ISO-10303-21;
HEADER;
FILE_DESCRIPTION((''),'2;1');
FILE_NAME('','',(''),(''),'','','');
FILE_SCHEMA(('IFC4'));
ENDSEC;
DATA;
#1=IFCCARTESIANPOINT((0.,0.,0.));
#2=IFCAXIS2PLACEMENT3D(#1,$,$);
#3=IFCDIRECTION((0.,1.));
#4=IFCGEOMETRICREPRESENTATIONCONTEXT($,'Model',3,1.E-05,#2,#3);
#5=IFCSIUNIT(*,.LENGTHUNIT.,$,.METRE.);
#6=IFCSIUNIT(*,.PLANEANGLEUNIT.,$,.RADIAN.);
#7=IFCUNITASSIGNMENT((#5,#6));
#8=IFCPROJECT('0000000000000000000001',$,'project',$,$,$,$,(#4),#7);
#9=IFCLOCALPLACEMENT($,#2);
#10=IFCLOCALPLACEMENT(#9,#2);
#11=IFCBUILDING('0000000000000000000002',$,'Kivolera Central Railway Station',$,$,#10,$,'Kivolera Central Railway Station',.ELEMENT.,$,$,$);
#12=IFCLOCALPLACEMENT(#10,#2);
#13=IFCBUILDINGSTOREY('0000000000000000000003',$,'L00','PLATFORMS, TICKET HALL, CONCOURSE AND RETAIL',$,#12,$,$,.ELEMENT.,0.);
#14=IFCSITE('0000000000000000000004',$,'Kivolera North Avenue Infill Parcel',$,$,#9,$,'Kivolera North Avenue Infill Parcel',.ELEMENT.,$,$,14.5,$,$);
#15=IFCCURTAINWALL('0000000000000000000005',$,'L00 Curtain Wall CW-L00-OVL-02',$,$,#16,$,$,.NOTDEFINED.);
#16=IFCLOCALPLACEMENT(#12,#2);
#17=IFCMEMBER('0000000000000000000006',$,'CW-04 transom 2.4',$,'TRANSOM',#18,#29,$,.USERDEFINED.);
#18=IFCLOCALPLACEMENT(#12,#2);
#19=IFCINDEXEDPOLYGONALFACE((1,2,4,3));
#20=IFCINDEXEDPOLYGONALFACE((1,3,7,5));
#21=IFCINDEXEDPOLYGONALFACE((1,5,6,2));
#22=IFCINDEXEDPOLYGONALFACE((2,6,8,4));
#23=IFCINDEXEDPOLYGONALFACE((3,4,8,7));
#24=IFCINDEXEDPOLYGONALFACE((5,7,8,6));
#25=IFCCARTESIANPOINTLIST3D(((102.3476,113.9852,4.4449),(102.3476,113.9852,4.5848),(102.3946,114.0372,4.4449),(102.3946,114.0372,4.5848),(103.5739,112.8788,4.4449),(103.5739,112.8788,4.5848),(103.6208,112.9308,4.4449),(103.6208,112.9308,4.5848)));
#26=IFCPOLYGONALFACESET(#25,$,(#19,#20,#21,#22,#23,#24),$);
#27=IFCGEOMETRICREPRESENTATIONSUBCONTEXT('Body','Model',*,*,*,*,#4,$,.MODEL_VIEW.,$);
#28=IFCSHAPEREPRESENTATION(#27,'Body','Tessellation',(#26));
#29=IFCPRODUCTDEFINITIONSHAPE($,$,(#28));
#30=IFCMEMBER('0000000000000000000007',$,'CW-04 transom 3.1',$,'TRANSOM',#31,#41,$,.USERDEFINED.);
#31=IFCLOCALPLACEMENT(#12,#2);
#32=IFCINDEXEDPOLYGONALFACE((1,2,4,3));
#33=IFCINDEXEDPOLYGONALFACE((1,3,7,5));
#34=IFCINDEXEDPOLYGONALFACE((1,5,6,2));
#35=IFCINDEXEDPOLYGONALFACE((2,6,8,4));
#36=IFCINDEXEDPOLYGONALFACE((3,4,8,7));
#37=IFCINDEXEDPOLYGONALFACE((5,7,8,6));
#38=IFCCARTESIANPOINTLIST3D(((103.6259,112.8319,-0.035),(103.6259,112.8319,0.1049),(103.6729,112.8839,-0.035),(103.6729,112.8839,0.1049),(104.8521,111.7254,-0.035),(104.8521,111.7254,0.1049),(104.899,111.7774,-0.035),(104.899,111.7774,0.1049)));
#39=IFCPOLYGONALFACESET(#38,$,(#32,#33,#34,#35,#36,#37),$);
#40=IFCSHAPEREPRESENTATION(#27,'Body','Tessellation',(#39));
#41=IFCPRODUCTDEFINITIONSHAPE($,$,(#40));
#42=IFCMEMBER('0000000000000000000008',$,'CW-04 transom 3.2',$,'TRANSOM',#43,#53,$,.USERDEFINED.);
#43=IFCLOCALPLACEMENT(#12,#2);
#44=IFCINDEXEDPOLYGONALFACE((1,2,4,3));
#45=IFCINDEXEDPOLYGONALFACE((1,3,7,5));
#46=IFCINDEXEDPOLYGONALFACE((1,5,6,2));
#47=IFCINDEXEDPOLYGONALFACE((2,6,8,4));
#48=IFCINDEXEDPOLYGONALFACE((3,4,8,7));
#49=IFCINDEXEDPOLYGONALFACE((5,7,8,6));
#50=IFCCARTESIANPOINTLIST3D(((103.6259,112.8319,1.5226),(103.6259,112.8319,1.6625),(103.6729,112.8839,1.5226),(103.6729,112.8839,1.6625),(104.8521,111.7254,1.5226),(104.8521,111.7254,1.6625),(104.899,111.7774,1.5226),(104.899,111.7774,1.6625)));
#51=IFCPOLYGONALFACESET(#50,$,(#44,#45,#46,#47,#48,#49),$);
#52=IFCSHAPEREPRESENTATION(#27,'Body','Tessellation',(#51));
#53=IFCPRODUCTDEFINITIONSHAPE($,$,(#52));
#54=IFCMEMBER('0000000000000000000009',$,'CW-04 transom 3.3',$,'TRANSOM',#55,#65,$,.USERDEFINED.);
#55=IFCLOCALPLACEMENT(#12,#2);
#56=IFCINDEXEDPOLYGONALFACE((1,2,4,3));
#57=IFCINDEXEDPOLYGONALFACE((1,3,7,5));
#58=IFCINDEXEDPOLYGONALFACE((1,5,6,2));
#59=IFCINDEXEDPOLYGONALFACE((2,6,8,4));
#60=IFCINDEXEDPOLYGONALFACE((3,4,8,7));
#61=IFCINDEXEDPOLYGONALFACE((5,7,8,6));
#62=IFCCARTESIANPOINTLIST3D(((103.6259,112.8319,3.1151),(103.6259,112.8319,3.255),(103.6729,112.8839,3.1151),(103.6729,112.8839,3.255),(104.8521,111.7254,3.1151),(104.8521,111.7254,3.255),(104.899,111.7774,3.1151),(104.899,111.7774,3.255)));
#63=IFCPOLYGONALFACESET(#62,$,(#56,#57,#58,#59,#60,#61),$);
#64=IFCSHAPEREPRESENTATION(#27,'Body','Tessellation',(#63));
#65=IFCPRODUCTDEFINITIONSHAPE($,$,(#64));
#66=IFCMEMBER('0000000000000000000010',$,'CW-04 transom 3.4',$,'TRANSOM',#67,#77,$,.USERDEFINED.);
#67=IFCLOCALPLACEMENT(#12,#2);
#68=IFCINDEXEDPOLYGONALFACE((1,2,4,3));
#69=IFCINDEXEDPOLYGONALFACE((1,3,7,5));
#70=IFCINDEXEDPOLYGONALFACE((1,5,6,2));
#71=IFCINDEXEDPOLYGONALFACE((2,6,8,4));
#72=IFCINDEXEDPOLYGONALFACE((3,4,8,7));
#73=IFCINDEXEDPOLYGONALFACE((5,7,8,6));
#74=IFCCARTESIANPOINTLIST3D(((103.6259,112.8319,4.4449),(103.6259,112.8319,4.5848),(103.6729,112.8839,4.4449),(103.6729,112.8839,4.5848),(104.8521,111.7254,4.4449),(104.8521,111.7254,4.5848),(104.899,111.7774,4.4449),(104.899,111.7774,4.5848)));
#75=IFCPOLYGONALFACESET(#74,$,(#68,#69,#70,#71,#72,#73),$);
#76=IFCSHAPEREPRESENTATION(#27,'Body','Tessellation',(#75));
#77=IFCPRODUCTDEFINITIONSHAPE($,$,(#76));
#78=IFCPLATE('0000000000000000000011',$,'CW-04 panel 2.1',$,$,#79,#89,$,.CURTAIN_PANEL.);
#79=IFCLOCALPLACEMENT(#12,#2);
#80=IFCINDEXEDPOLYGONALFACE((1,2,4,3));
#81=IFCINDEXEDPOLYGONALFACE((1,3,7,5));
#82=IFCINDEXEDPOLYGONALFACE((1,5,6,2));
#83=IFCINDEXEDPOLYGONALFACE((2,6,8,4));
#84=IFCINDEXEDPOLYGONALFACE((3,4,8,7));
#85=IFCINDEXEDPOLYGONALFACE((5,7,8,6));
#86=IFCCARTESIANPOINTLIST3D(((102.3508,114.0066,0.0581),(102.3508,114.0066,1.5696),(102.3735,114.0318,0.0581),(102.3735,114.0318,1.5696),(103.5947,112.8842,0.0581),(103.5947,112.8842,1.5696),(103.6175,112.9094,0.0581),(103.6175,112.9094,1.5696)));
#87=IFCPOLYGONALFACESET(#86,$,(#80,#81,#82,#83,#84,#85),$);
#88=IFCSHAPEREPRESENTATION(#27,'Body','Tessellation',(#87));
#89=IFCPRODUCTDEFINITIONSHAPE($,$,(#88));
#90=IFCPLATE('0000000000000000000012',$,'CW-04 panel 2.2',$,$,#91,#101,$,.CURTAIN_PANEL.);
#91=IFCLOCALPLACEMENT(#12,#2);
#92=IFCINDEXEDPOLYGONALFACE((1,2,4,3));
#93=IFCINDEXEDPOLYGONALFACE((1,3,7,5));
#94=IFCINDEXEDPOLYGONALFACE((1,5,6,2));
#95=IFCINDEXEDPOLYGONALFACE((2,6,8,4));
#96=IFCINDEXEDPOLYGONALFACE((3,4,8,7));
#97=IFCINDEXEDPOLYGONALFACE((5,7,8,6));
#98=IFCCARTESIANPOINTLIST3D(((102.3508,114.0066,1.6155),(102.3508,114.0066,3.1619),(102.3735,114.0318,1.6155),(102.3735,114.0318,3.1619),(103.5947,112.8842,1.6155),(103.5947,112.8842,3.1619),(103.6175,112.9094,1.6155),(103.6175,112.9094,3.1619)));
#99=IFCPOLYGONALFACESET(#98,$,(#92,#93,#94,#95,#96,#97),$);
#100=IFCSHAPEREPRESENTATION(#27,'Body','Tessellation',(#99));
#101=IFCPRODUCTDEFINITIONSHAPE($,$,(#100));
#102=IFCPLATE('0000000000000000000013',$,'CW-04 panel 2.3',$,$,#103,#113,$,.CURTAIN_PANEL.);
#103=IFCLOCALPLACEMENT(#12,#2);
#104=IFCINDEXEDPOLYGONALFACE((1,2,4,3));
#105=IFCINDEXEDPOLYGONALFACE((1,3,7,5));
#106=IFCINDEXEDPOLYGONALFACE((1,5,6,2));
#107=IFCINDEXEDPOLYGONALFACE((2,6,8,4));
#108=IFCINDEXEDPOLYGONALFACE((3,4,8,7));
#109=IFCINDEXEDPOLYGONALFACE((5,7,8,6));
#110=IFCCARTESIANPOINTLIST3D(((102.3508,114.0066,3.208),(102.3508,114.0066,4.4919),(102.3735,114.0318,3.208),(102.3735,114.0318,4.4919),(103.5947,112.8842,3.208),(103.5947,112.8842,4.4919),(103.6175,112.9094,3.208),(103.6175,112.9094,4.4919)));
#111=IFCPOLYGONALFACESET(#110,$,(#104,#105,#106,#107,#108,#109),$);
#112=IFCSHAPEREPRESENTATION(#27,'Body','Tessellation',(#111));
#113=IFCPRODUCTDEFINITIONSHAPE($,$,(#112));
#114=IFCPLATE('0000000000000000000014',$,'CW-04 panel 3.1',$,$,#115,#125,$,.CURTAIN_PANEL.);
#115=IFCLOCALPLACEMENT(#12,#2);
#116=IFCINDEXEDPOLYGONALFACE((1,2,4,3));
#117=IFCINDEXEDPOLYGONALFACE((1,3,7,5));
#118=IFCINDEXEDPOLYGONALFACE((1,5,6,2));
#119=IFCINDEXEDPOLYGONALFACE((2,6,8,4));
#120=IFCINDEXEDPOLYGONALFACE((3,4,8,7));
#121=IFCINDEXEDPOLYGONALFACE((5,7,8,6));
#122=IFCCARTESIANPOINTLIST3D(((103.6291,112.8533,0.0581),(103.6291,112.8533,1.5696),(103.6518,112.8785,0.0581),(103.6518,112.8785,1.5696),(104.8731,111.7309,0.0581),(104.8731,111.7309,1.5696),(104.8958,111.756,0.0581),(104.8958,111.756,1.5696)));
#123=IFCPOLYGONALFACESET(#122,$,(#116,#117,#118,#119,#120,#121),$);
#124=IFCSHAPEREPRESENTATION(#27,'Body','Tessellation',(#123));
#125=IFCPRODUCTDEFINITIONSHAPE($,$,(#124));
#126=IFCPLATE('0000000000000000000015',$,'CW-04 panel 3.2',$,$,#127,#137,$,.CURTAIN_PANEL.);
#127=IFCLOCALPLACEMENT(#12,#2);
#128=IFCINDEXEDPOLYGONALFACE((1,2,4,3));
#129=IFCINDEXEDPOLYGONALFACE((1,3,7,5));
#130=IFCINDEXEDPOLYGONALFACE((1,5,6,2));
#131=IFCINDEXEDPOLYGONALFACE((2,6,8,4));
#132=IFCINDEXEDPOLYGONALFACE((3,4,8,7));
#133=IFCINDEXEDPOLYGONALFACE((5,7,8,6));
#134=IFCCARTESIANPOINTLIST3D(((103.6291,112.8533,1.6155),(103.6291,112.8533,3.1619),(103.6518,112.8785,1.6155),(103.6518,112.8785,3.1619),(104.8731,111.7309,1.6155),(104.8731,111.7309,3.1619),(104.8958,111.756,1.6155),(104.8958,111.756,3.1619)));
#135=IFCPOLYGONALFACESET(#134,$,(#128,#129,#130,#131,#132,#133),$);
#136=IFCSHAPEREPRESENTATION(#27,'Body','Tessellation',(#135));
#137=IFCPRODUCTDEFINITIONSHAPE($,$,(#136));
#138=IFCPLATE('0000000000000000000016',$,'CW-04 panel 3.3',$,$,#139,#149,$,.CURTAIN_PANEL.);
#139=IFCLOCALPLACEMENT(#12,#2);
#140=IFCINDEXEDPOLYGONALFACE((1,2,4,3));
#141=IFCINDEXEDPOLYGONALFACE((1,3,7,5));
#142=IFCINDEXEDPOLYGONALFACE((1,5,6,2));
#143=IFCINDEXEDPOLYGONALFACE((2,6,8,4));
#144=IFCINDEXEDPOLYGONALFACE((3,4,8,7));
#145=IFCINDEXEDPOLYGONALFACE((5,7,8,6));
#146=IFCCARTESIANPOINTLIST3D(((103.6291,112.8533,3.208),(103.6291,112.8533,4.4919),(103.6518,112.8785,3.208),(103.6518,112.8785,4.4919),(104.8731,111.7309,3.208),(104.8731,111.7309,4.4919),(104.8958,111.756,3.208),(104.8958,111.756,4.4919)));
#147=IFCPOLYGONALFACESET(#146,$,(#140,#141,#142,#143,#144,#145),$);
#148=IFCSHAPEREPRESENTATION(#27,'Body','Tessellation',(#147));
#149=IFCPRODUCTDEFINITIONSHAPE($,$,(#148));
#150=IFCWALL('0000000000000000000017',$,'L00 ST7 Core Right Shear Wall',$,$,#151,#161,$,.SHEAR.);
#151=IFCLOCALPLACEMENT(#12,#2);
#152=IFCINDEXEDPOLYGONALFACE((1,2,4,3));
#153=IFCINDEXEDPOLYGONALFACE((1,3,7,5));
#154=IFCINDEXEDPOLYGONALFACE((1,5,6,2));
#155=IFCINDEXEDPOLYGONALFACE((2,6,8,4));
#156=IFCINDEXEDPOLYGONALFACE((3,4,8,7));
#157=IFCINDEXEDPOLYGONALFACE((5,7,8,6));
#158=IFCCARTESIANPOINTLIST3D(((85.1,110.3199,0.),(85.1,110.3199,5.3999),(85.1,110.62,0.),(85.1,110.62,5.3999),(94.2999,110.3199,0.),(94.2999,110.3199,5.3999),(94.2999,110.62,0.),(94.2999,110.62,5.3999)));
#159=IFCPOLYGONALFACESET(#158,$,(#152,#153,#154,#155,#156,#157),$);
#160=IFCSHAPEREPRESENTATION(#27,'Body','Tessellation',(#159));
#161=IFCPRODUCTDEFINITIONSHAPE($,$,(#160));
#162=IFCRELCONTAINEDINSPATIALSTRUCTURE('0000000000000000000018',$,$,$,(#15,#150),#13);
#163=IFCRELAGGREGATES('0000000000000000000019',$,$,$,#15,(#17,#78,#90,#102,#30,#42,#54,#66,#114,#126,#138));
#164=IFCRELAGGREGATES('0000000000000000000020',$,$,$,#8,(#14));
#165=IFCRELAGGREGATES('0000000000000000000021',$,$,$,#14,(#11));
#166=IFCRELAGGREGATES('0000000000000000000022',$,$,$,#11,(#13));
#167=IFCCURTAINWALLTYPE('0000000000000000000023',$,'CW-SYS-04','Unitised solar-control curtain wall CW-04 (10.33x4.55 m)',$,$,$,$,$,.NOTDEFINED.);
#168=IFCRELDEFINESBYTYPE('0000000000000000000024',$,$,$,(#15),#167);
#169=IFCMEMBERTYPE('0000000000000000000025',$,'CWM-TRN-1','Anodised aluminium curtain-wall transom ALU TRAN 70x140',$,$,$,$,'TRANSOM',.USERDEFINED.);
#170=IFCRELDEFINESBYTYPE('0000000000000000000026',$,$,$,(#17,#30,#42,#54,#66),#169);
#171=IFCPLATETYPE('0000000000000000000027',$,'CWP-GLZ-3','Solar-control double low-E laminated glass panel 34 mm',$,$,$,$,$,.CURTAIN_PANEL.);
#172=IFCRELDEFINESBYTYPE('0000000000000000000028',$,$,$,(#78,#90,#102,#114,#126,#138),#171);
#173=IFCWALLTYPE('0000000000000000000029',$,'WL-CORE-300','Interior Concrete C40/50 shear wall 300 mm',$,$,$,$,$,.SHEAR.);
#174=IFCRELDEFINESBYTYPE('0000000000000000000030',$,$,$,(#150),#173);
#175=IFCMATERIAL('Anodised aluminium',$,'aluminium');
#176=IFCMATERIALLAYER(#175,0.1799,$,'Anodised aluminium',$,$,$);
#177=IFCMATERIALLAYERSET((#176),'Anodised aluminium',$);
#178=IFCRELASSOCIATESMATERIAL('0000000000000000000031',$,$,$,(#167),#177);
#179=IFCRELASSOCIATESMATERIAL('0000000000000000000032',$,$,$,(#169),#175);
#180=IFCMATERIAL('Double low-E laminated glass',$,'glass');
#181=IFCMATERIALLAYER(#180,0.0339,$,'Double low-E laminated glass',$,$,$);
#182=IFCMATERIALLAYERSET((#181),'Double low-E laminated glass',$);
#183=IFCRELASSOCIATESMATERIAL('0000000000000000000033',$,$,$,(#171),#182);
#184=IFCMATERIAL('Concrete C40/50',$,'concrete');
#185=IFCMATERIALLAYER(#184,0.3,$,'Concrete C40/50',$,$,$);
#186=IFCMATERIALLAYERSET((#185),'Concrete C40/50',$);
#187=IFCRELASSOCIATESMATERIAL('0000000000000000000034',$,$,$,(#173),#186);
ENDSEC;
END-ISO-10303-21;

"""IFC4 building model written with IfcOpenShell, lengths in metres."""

from ifc_helpers import new_model, si_unit, direction, frame, frame_2d, origin, origin_2d, place, context, subcontext, project, spatial, rectangle, extrude, material, layer, layer_set, material_profile, profile_set, type_object, element, aggregate, save


model = new_model("IFC4")

# Units and contexts
model_context = context("Model", 3, precision=1e-05, world=origin(), true_north=direction((0.0, 1.0)))
body_context = subcontext(model_context, "Body", "Model", "MODEL_VIEW")
ifc_project = project(units=[si_unit("LENGTHUNIT", "METRE"), si_unit("PLANEANGLEUNIT", "RADIAN")], contexts=[model_context])

# Site, building, storey
site_placement = place(None, origin())
site = spatial("IfcSite", under=ifc_project, at=site_placement, Name="Kivolera North Avenue Infill Parcel", LongName="Kivolera North Avenue Infill Parcel", CompositionType="ELEMENT", RefElevation=14.5)
building_placement = place(site_placement, origin())
building = spatial("IfcBuilding", under=site, at=building_placement, Name="Kivolera Central Railway Station", LongName="Kivolera Central Railway Station", CompositionType="ELEMENT")
storey_placement = place(building_placement, origin())
storey = spatial("IfcBuildingStorey", under=building, at=storey_placement, Name="L00", Description="PLATFORMS, TICKET HALL, CONCOURSE AND RETAIL", CompositionType="ELEMENT", Elevation=0.0)

# Curtain wall, members, plates
ifc_material_1 = material(Name="Anodised aluminium", Category="aluminium")
ifc_layer_1 = layer(ifc_material_1, 0.1799, Name="Anodised aluminium")
ifc_layer_set_1 = layer_set([ifc_layer_1], Name="Anodised aluminium")
curtain_wall_type = type_object("IfcCurtainWallType", Name="CW-SYS-04", Description="Unitised solar-control curtain wall CW-04 (10.33x4.55 m)", PredefinedType="NOTDEFINED", material=ifc_layer_set_1)
curtain_wall_placement = place(storey_placement, origin())
curtain_wall = element("IfcCurtainWall", 1, at=curtain_wall_placement, inside=storey, type_object=curtain_wall_type, Name="L00 Curtain Wall CW-L00-OVL-02", PredefinedType="NOTDEFINED")
ifc_material_profile_1 = material_profile(ifc_material_1, rectangle(XDim=0.0701, YDim=0.1399, at=origin_2d()), Name="ALU TRAN 70x140")
ifc_profile_set_1 = profile_set([ifc_material_profile_1], Name="Anodised aluminium")
member_type_1 = type_object("IfcMemberType", Name="CWM-TRN-1", Description="Anodised aluminium curtain-wall transom ALU TRAN 70x140", ElementType="TRANSOM", PredefinedType="USERDEFINED", material=ifc_profile_set_1)
member_1_placement = place(storey_placement, frame((102.3711, 114.0112, 4.5149), z_axis=(0.742463, -0.669887, 0.0), x_axis=(0.669887, 0.742463, 0.0)))
member_1 = element("IfcMember", 2, at=member_1_placement, type_object=member_type_1, Name="CW-04 transom 2.4", ObjectType="TRANSOM", PredefinedType="USERDEFINED", context=body_context, shape_type="SweptSolid", body=[
    extrude(rectangle(XDim=0.0701, YDim=0.1399, at=origin_2d()), origin(), (0.0, 0.0, 1.0), 1.6516),
])
member_2_placement = place(storey_placement, frame((103.6494, 112.8579, 0.0349), z_axis=(0.742397, -0.669961, 0.0), x_axis=(0.669961, 0.742397, 0.0)))
member_2 = element("IfcMember", 3, at=member_2_placement, type_object=member_type_1, Name="CW-04 transom 3.1", ObjectType="TRANSOM", PredefinedType="USERDEFINED", context=body_context, shape_type="SweptSolid", body=[
    extrude(rectangle(XDim=0.0701, YDim=0.1399, at=origin_2d()), origin(), (0.0, 0.0, 1.0), 1.6516),
])
member_3_placement = place(storey_placement, frame((103.6494, 112.8579, 1.5925), z_axis=(0.742397, -0.669961, 0.0), x_axis=(0.669961, 0.742397, 0.0)))
member_3 = element("IfcMember", 4, at=member_3_placement, type_object=member_type_1, Name="CW-04 transom 3.2", ObjectType="TRANSOM", PredefinedType="USERDEFINED", context=body_context, shape_type="SweptSolid", body=[
    extrude(rectangle(XDim=0.0701, YDim=0.1399, at=origin_2d()), origin(), (0.0, 0.0, 1.0), 1.6516),
])
member_4_placement = place(storey_placement, frame((103.6494, 112.8579, 3.1851), z_axis=(0.742397, -0.669961, 0.0), x_axis=(0.669961, 0.742397, 0.0)))
member_4 = element("IfcMember", 5, at=member_4_placement, type_object=member_type_1, Name="CW-04 transom 3.3", ObjectType="TRANSOM", PredefinedType="USERDEFINED", context=body_context, shape_type="SweptSolid", body=[
    extrude(rectangle(XDim=0.0701, YDim=0.1399, at=origin_2d()), origin(), (0.0, 0.0, 1.0), 1.6516),
])
member_5_placement = place(storey_placement, frame((103.6494, 112.8579, 4.5149), z_axis=(0.742397, -0.669961, 0.0), x_axis=(0.669961, 0.742397, 0.0)))
member_5 = element("IfcMember", 6, at=member_5_placement, type_object=member_type_1, Name="CW-04 transom 3.4", ObjectType="TRANSOM", PredefinedType="USERDEFINED", context=body_context, shape_type="SweptSolid", body=[
    extrude(rectangle(XDim=0.0701, YDim=0.1399, at=origin_2d()), origin(), (0.0, 0.0, 1.0), 1.6516),
])
ifc_material_2 = material(Name="Double low-E laminated glass", Category="glass")
ifc_layer_2 = layer(ifc_material_2, 0.0339, Name="Double low-E laminated glass")
ifc_layer_set_2 = layer_set([ifc_layer_2], Name="Double low-E laminated glass")
plate_type = type_object("IfcPlateType", Name="CWP-GLZ-3", Description="Solar-control double low-E laminated glass panel 34 mm", PredefinedType="CURTAIN_PANEL", material=ifc_layer_set_2)
plate_1_placement = place(storey_placement, frame((102.9841, 113.458, 0.0581), z_axis=(0.0, 0.0, 1.0), x_axis=(0.742432, -0.669922, 0.0)))
plate_1 = element("IfcPlate", 7, at=plate_1_placement, type_object=plate_type, Name="CW-04 panel 2.1", PredefinedType="CURTAIN_PANEL", context=body_context, shape_type="SweptSolid", body=[
    extrude(rectangle(XDim=1.6755, YDim=0.0339, at=origin_2d()), origin(), (0.0, 0.0, 1.0), 1.5115),
])
plate_2_placement = place(storey_placement, frame((102.9841, 113.458, 1.6155), z_axis=(0.0, 0.0, 1.0), x_axis=(0.742432, -0.669922, 0.0)))
plate_2 = element("IfcPlate", 8, at=plate_2_placement, type_object=plate_type, Name="CW-04 panel 2.2", PredefinedType="CURTAIN_PANEL", context=body_context, shape_type="SweptSolid", body=[
    extrude(rectangle(XDim=1.6755, YDim=0.0339, at=origin_2d()), origin(), (0.0, 0.0, 1.0), 1.5464),
])
plate_3_placement = place(storey_placement, frame((102.9841, 113.458, 3.208), z_axis=(0.0, 0.0, 1.0), x_axis=(0.742432, -0.669922, 0.0)))
plate_3 = element("IfcPlate", 9, at=plate_3_placement, type_object=plate_type, Name="CW-04 panel 2.3", PredefinedType="CURTAIN_PANEL", context=body_context, shape_type="SweptSolid", body=[
    extrude(rectangle(XDim=1.6755, YDim=0.0339, at=origin_2d()), origin(), (0.0, 0.0, 1.0), 1.2839),
])
plate_4_placement = place(storey_placement, frame((104.2625, 112.3047, 0.0581), z_axis=(0.0, 0.0, 1.0), x_axis=(0.742432, -0.669922, 0.0)))
plate_4 = element("IfcPlate", 10, at=plate_4_placement, type_object=plate_type, Name="CW-04 panel 3.1", PredefinedType="CURTAIN_PANEL", context=body_context, shape_type="SweptSolid", body=[
    extrude(rectangle(XDim=1.6755, YDim=0.0339, at=origin_2d()), origin(), (0.0, 0.0, 1.0), 1.5115),
])
plate_5_placement = place(storey_placement, frame((104.2625, 112.3047, 1.6155), z_axis=(0.0, 0.0, 1.0), x_axis=(0.742432, -0.669922, 0.0)))
plate_5 = element("IfcPlate", 11, at=plate_5_placement, type_object=plate_type, Name="CW-04 panel 3.2", PredefinedType="CURTAIN_PANEL", context=body_context, shape_type="SweptSolid", body=[
    extrude(rectangle(XDim=1.6755, YDim=0.0339, at=origin_2d()), origin(), (0.0, 0.0, 1.0), 1.5464),
])
plate_6_placement = place(storey_placement, frame((104.2625, 112.3047, 3.208), z_axis=(0.0, 0.0, 1.0), x_axis=(0.742432, -0.669922, 0.0)))
plate_6 = element("IfcPlate", 12, at=plate_6_placement, type_object=plate_type, Name="CW-04 panel 3.3", PredefinedType="CURTAIN_PANEL", context=body_context, shape_type="SweptSolid", body=[
    extrude(rectangle(XDim=1.6755, YDim=0.0339, at=origin_2d()), origin(), (0.0, 0.0, 1.0), 1.2839),
])
aggregate(curtain_wall, [member_1, plate_1, plate_2, plate_3, member_2, member_3, member_4, member_5, plate_4, plate_5, plate_6])

# Wall
ifc_material_3 = material(Name="Concrete C40/50", Category="concrete")
ifc_layer_3 = layer(ifc_material_3, 0.3, Name="Concrete C40/50")
ifc_layer_set_3 = layer_set([ifc_layer_3], Name="Concrete C40/50")
wall_type = type_object("IfcWallType", Name="WL-CORE-300", Description="Interior Concrete C40/50 shear wall 300 mm", PredefinedType="SHEAR", material=ifc_layer_set_3)
wall_placement = place(storey_placement, frame((94.3, 110.47, 0.0), z_axis=(0.0, 0.0, 1.0), x_axis=(-1.0, 0.0, 0.0)))
element("IfcWall", 13, at=wall_placement, inside=storey, type_object=wall_type, Name="L00 ST7 Core Right Shear Wall", PredefinedType="SHEAR", context=body_context, shape_type="SweptSolid", body=[
    extrude(rectangle(XDim=9.2, YDim=0.3, at=frame_2d((4.6001, 0.0))), origin(), (0.0, 0.0, 1.0), 5.3999),
])

save(model, "model.ifc")
